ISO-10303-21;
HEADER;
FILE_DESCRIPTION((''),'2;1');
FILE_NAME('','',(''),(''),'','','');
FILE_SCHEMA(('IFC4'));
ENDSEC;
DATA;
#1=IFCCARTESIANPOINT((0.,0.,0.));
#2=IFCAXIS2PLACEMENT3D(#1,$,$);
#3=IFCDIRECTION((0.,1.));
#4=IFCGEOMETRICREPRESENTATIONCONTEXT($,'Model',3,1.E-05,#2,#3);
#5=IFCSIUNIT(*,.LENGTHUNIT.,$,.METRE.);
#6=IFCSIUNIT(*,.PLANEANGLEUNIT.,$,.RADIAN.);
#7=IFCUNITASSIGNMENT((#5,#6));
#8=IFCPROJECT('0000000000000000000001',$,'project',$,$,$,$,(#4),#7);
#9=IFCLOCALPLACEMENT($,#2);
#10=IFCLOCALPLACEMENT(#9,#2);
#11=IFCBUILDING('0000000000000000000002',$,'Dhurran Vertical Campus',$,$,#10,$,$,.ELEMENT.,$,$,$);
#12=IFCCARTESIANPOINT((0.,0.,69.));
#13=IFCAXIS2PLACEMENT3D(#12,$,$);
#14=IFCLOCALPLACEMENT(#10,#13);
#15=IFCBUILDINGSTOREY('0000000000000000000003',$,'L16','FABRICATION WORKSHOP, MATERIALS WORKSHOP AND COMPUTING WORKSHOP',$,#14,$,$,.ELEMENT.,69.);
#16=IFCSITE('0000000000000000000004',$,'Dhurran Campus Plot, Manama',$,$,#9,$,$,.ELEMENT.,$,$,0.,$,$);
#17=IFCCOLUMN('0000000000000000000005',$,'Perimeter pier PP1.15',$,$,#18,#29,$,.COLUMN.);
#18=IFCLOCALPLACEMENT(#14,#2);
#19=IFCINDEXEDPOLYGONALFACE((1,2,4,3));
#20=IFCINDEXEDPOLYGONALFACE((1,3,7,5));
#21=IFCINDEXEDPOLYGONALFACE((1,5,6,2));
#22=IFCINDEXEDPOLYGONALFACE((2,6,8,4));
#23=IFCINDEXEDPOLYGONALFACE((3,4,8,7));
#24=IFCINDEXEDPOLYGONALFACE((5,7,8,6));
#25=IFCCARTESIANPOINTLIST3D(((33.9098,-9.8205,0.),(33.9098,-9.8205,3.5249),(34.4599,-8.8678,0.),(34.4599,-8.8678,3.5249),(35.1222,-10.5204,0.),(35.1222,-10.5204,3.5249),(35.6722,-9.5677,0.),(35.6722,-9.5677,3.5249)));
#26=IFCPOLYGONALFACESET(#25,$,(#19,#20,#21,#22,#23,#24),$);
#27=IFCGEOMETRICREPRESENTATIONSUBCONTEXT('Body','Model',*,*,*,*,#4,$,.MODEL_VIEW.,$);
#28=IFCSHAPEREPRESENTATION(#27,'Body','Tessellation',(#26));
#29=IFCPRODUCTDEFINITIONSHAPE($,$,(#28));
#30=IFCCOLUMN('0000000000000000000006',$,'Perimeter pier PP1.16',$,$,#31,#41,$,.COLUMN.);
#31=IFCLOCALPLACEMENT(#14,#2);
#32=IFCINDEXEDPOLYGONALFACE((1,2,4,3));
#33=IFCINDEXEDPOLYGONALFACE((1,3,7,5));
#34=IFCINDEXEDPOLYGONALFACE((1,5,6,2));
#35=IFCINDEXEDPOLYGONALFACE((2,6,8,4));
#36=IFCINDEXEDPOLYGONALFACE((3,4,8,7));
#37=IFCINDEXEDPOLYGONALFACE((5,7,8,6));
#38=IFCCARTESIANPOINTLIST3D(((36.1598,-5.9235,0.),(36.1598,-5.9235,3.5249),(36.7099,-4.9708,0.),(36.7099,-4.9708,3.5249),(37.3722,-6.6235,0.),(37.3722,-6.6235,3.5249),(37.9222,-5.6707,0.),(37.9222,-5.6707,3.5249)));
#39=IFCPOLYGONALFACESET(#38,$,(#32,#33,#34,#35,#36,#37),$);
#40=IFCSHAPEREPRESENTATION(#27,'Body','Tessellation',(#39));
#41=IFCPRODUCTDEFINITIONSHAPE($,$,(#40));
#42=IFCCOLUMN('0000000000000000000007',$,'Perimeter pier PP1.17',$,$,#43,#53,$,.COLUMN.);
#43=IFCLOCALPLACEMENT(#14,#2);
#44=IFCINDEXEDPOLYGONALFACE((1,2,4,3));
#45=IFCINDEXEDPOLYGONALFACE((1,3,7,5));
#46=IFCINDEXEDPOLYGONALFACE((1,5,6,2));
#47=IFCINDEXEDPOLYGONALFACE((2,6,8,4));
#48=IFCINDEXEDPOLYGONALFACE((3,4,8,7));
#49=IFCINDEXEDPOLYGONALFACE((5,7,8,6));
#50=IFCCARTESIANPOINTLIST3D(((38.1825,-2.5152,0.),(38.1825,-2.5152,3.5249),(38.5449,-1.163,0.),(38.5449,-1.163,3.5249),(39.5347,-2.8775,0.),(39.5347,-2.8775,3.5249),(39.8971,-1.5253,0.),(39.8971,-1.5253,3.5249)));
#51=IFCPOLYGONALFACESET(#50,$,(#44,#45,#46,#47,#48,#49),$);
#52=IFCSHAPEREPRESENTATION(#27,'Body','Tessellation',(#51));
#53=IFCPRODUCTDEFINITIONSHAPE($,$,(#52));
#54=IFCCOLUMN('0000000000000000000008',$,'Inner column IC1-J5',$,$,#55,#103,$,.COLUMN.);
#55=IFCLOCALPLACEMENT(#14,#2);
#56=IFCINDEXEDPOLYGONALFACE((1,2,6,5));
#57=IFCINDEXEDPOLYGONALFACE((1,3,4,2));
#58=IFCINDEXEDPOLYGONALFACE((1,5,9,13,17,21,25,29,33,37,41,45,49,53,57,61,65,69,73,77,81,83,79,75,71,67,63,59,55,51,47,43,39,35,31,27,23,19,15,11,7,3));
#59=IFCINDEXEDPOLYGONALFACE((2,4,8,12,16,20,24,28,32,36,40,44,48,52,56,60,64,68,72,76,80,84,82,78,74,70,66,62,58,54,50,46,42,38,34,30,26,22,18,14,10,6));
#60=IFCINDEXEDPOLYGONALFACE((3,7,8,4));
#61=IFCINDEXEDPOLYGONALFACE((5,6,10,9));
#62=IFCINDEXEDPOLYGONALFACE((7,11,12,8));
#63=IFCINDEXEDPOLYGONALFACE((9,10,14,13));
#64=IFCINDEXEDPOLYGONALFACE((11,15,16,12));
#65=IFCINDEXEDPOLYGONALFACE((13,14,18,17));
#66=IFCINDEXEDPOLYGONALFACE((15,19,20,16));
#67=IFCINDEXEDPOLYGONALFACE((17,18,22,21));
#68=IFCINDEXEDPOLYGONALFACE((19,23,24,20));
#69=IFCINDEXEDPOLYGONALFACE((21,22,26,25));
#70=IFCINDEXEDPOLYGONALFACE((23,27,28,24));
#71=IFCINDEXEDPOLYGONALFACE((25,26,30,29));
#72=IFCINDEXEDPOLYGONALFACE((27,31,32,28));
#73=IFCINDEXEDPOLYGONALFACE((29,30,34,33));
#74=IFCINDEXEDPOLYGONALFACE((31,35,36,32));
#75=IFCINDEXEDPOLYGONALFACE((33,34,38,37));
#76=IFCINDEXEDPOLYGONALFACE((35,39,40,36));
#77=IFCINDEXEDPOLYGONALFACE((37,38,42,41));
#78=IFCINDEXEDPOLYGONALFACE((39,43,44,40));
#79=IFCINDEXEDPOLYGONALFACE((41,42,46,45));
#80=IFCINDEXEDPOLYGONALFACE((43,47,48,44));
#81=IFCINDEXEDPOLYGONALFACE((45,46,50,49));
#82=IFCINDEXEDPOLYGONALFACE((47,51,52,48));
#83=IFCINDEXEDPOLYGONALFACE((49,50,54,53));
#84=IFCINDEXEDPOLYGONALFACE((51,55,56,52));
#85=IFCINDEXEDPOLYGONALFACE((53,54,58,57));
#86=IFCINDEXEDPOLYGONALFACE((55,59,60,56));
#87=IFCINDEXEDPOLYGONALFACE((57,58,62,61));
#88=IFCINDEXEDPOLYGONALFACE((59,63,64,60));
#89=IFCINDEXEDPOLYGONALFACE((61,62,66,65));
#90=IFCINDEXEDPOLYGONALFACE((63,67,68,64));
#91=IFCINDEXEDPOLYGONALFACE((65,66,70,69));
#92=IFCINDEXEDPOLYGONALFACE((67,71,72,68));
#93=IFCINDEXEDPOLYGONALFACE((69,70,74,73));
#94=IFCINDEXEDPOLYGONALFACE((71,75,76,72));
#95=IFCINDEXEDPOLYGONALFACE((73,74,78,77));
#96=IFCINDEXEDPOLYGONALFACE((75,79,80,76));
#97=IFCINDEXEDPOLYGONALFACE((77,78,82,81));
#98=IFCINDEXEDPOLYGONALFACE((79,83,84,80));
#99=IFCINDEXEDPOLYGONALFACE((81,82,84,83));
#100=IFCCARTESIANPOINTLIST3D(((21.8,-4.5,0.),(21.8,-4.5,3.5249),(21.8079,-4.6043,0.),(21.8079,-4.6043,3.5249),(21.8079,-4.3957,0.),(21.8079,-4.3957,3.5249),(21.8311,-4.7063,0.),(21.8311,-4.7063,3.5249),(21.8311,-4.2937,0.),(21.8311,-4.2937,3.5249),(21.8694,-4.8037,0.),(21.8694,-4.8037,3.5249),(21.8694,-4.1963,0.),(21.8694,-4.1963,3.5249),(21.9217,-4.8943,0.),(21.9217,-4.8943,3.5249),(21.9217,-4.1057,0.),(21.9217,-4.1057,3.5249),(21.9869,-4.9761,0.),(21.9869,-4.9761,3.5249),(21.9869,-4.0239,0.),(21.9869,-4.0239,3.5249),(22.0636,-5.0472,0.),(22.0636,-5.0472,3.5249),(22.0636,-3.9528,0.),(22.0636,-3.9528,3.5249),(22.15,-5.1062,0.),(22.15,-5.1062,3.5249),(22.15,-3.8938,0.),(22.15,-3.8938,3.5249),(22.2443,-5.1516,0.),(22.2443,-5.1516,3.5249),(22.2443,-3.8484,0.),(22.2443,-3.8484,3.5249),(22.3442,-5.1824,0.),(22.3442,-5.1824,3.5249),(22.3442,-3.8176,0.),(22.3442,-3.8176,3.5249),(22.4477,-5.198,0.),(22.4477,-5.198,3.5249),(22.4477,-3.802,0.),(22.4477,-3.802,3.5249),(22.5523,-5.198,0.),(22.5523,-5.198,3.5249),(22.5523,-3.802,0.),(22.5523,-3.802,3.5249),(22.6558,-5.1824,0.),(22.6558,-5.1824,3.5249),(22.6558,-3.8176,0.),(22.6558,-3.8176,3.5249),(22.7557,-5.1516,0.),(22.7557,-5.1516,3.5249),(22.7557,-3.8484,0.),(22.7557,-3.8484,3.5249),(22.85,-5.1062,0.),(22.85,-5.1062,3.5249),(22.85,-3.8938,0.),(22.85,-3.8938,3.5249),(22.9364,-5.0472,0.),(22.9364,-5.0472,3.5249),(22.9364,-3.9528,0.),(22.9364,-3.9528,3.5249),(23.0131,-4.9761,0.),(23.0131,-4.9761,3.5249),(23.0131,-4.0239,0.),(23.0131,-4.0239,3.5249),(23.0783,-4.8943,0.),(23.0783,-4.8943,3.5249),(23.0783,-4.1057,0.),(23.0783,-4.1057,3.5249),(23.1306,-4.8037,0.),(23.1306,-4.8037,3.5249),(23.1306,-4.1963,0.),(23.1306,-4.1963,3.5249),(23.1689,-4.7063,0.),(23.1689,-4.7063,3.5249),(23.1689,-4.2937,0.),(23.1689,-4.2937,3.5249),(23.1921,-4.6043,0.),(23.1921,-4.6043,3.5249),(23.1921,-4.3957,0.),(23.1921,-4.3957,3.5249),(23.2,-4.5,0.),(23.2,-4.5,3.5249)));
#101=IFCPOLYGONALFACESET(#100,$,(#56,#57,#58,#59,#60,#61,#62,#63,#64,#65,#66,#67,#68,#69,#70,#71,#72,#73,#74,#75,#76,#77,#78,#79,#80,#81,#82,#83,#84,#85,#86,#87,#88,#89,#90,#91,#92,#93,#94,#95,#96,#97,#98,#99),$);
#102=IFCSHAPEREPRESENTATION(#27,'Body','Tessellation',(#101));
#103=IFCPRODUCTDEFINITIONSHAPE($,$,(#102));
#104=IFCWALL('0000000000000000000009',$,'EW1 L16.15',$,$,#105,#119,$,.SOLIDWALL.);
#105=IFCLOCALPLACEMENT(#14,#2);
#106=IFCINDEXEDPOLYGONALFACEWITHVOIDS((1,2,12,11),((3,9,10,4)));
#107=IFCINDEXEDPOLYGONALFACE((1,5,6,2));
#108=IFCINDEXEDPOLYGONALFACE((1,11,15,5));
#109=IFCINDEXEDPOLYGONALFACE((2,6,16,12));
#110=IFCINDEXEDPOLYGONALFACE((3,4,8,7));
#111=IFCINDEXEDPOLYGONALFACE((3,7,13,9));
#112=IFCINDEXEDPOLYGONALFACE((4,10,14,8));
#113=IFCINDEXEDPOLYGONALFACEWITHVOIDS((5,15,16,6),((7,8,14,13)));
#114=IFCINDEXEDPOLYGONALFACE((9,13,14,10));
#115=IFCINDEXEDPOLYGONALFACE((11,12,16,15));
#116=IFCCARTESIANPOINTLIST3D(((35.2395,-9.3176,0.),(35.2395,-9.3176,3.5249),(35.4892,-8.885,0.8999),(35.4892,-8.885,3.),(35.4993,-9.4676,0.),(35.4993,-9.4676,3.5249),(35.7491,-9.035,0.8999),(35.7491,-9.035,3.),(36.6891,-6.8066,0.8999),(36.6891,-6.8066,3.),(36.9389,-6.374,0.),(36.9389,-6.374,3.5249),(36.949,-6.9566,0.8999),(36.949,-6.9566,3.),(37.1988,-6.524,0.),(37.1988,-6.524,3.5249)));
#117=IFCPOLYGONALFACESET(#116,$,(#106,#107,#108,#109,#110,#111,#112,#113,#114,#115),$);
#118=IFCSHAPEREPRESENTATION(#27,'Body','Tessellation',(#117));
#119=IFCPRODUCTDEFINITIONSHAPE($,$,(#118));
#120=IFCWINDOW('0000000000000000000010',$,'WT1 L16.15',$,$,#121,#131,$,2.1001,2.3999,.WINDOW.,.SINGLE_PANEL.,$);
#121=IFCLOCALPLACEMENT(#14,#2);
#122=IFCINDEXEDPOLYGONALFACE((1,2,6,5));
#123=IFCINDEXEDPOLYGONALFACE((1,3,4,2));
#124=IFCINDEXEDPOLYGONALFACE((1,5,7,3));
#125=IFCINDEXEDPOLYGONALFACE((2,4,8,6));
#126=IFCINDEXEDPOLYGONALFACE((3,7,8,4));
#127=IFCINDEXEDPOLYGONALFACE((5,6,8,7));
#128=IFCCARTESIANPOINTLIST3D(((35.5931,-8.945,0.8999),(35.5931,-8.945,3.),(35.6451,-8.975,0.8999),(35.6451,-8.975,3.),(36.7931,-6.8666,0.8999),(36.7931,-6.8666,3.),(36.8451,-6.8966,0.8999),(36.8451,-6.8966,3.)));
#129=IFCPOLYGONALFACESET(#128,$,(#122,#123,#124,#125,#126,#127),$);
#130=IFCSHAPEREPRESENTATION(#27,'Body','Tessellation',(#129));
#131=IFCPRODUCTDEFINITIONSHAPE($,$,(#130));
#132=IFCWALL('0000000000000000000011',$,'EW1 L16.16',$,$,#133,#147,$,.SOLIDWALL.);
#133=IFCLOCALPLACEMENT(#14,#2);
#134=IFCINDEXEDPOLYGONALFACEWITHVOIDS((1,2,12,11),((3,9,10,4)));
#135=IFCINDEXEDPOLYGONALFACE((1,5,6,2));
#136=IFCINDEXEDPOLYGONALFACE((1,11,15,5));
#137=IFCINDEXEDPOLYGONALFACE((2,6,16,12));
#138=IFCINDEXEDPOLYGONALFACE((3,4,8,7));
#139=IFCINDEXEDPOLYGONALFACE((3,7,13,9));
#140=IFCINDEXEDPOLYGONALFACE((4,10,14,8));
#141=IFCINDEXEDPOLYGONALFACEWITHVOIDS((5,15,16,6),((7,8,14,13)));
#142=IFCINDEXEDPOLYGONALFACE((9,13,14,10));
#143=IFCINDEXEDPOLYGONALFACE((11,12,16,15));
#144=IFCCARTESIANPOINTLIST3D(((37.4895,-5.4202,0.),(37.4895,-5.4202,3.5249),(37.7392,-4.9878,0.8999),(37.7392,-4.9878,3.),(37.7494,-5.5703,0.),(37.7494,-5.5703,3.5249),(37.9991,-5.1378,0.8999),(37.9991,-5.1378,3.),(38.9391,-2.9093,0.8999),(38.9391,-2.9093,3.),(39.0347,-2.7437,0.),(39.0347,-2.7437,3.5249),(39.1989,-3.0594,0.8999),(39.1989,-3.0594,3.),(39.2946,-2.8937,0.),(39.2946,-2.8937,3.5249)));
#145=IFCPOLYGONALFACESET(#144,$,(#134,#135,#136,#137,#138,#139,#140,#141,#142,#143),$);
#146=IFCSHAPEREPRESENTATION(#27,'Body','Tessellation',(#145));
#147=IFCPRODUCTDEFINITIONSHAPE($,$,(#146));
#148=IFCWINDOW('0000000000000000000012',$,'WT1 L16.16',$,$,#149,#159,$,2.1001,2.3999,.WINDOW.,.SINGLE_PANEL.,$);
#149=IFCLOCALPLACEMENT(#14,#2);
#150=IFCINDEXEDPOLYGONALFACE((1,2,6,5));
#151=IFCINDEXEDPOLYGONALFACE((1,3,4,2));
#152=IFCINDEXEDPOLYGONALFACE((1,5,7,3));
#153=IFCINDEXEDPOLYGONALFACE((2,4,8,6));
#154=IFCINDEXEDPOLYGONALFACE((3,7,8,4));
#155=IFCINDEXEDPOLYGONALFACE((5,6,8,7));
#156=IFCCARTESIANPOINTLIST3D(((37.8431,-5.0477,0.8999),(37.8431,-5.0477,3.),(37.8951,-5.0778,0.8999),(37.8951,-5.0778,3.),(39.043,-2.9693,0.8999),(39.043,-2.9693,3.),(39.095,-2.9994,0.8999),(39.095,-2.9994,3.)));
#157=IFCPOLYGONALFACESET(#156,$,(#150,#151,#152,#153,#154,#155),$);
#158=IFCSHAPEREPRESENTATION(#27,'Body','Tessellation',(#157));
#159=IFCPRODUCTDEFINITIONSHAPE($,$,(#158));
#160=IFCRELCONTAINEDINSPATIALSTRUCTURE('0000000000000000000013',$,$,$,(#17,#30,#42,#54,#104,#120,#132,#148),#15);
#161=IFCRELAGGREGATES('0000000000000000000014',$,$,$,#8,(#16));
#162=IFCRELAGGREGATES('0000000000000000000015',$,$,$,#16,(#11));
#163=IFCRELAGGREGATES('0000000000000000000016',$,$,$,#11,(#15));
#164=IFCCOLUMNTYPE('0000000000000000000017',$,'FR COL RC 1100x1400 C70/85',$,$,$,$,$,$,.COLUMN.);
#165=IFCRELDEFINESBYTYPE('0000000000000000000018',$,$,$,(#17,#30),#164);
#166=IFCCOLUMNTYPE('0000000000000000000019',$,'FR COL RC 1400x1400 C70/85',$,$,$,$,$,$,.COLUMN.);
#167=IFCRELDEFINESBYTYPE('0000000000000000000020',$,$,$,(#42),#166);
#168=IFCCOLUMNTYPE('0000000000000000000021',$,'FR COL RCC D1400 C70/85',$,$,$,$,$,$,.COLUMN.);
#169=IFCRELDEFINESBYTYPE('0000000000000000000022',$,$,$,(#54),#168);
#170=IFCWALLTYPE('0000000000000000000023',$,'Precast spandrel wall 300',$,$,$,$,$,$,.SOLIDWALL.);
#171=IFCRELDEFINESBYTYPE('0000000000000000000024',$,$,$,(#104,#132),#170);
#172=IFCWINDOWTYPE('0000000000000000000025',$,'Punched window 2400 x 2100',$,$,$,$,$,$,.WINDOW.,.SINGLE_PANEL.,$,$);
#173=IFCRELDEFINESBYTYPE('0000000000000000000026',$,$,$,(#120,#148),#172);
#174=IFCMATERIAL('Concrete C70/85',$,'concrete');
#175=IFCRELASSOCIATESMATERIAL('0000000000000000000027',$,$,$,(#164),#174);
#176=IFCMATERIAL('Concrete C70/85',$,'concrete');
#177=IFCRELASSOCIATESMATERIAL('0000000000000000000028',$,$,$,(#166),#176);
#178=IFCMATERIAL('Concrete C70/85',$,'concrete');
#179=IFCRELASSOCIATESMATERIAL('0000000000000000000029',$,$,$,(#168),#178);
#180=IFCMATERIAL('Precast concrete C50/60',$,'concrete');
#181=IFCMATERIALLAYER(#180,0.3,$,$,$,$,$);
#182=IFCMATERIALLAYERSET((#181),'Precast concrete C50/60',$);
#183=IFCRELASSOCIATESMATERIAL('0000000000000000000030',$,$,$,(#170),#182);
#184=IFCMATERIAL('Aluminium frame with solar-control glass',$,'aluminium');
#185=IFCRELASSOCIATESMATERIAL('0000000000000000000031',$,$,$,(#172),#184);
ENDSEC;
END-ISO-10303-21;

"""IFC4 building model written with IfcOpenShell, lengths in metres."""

from ifc_helpers import new_model, si_unit, direction, frame, frame_2d, origin, origin_2d, place, context, subcontext, project, spatial, rectangle, circle, extrude, material, layer, layer_set, material_profile, profile_set, type_object, element, fill, save


model = new_model("IFC4")

# Units and contexts
model_context = context("Model", 3, precision=1e-05, world=origin(), true_north=direction((0.0, 1.0)))
body_context = subcontext(model_context, "Body", "Model", "MODEL_VIEW")
ifc_project = project(units=[si_unit("LENGTHUNIT", "METRE"), si_unit("PLANEANGLEUNIT", "RADIAN")], contexts=[model_context])

# Site, building, storey
site_placement = place(None, origin())
site = spatial("IfcSite", under=ifc_project, at=site_placement, Name="Dhurran Campus Plot, Manama", CompositionType="ELEMENT", RefElevation=0.0)
building_placement = place(site_placement, origin())
building = spatial("IfcBuilding", under=site, at=building_placement, Name="Dhurran Vertical Campus", CompositionType="ELEMENT")
storey_placement = place(building_placement, frame((0.0, 0.0, 69.0)))
storey = spatial("IfcBuildingStorey", under=building, at=storey_placement, Name="L16", Description="FABRICATION WORKSHOP, MATERIALS WORKSHOP AND COMPUTING WORKSHOP", CompositionType="ELEMENT", Elevation=69.0)

# Columns
ifc_material_1 = material(Name="Concrete C70/85", Category="concrete")
ifc_material_profile_1 = material_profile(ifc_material_1, rectangle(XDim=1.1001, YDim=1.3999, at=origin_2d()), Name="RC 1100x1400")
ifc_profile_set_1 = profile_set([ifc_material_profile_1], Name="Concrete C70/85")
column_type_1 = type_object("IfcColumnType", Name="FR COL RC 1100x1400 C70/85", PredefinedType="COLUMN", material=ifc_profile_set_1)
for number, where, z_axis, x_axis, name in (
    (1, (34.791, -9.6941, 0.0), (0.0, 0.0, 1.0), (0.5, 0.866025, 0.0), "Perimeter pier PP1.15"),
    (2, (37.041, -5.7971, 0.0), (0.0, 0.0, 1.0), (0.5, 0.866025, 0.0), "Perimeter pier PP1.16"),
):
    element("IfcColumn", number, at=place(storey_placement, frame(where, z_axis=z_axis, x_axis=x_axis)), inside=storey, type_object=column_type_1, Name=name, PredefinedType="COLUMN", context=body_context, shape_type="SweptSolid", body=[
        extrude(rectangle(XDim=1.1001, YDim=1.3999, at=origin_2d()), origin(), (0.0, 0.0, 1.0), 3.5249),
    ])
ifc_material_2 = material(Name="Concrete C70/85", Category="concrete")
ifc_material_profile_2 = material_profile(ifc_material_2, rectangle(XDim=1.3999, YDim=1.3999, at=origin_2d()), Name="RC 1400x1400")
ifc_profile_set_2 = profile_set([ifc_material_profile_2], Name="Concrete C70/85")
column_type_2 = type_object("IfcColumnType", Name="FR COL RC 1400x1400 C70/85", PredefinedType="COLUMN", material=ifc_profile_set_2)
column_1_placement = place(storey_placement, frame((39.0398, -2.0203, 0.0), z_axis=(0.0, 0.0, 1.0), x_axis=(0.258819, 0.965926, 0.0)))
element("IfcColumn", 3, at=column_1_placement, inside=storey, type_object=column_type_2, Name="Perimeter pier PP1.17", PredefinedType="COLUMN", context=body_context, shape_type="SweptSolid", body=[
    extrude(rectangle(XDim=1.3999, YDim=1.3999, at=origin_2d()), origin(), (0.0, 0.0, 1.0), 3.5249),
])
ifc_material_3 = material(Name="Concrete C70/85", Category="concrete")
ifc_material_profile_3 = material_profile(ifc_material_3, circle(Radius=0.7, at=origin_2d()), Name="RCC D1400")
ifc_profile_set_3 = profile_set([ifc_material_profile_3], Name="Concrete C70/85")
column_type_3 = type_object("IfcColumnType", Name="FR COL RCC D1400 C70/85", PredefinedType="COLUMN", material=ifc_profile_set_3)
column_2_placement = place(storey_placement, frame((22.5, -4.5, 0.0), z_axis=(0.0, 0.0, 1.0), x_axis=(1.0, 0.0, 0.0)))
element("IfcColumn", 4, at=column_2_placement, inside=storey, type_object=column_type_3, Name="Inner column IC1-J5", PredefinedType="COLUMN", context=body_context, shape_type="SweptSolid", body=[
    extrude(circle(Radius=0.7, at=origin_2d()), origin(), (0.0, 0.0, 1.0), 3.5249),
])

# Walls, openings, windows
ifc_material_4 = material(Name="Precast concrete C50/60", Category="concrete")
ifc_layer_1 = layer(ifc_material_4, 0.3)
ifc_layer_set_1 = layer_set([ifc_layer_1], Name="Precast concrete C50/60")
wall_type_1 = type_object("IfcWallType", Name="Precast spandrel wall 300", PredefinedType="SOLIDWALL", material=ifc_layer_set_1)
wall_1_placement = place(storey_placement, frame((35.3694, -9.3926, 0.0), z_axis=(0.0, 0.0, 1.0), x_axis=(0.499994, 0.866029, 0.0)))
wall_1 = element("IfcWall", 5, at=wall_1_placement, inside=storey, type_object=wall_type_1, Name="EW1 L16.15", PredefinedType="SOLIDWALL", context=body_context, shape_type="SweptSolid", body=[
    extrude(rectangle(XDim=3.3989, YDim=0.3, at=frame_2d((1.6995, 0.0))), origin(), (0.0, 0.0, 1.0), 3.5249),
])
opening_1_placement = place(wall_1_placement, frame((0.4995, 0.0, 0.8999)))
opening_1 = element("IfcOpeningElement", 6, at=opening_1_placement, cuts=wall_1, PredefinedType="OPENING", context=body_context, shape_type="SweptSolid", body=[
    extrude(rectangle(XDim=2.3999, YDim=2.1001, at=frame_2d((1.2, 1.05))), frame((0.0, 0.1599, 0.0), z_axis=(0.0, -1.0, 0.0), x_axis=(1.0, 0.0, 0.0)), (0.0, 0.0, 1.0), 0.3201),
])
ifc_material_5 = material(Name="Aluminium frame with solar-control glass", Category="aluminium")
window_type = type_object("IfcWindowType", Name="Punched window 2400 x 2100", PartitioningType="SINGLE_PANEL", PredefinedType="WINDOW", material=ifc_material_5)
window_1_placement = place(opening_1_placement, origin())
window_1 = element("IfcWindow", 7, at=window_1_placement, inside=storey, type_object=window_type, Name="WT1 L16.15", OverallHeight=2.1001, OverallWidth=2.3999, PartitioningType="SINGLE_PANEL", PredefinedType="WINDOW", context=body_context, shape_type="SweptSolid", body=[
    extrude(rectangle(XDim=2.3999, YDim=2.1001, at=frame_2d((1.2, 1.05))), frame((0.0, 0.03, 0.0), z_axis=(0.0, -1.0, 0.0), x_axis=(1.0, 0.0, 0.0)), (0.0, 0.0, 1.0), 0.0601),
])
fill(opening_1, window_1)
wall_2_placement = place(storey_placement, frame((37.6194, -5.4954, 0.0), z_axis=(0.0, 0.0, 1.0), x_axis=(0.499971, 0.866042, 0.0)))
wall_2 = element("IfcWall", 8, at=wall_2_placement, inside=storey, type_object=wall_type_1, Name="EW1 L16.16", PredefinedType="SOLIDWALL", context=body_context, shape_type="SweptSolid", body=[
    extrude(rectangle(XDim=3.0906, YDim=0.3, at=frame_2d((1.5454, 0.0))), origin(), (0.0, 0.0, 1.0), 3.5249),
])
opening_2_placement = place(wall_2_placement, frame((0.4995, 0.0, 0.8999)))
opening_2 = element("IfcOpeningElement", 9, at=opening_2_placement, cuts=wall_2, PredefinedType="OPENING", context=body_context, shape_type="SweptSolid", body=[
    extrude(rectangle(XDim=2.3999, YDim=2.1001, at=frame_2d((1.2, 1.05))), frame((0.0, 0.1599, 0.0), z_axis=(0.0, -1.0, 0.0), x_axis=(1.0, 0.0, 0.0)), (0.0, 0.0, 1.0), 0.3201),
])
window_2_placement = place(opening_2_placement, origin())
window_2 = element("IfcWindow", 10, at=window_2_placement, inside=storey, type_object=window_type, Name="WT1 L16.16", OverallHeight=2.1001, OverallWidth=2.3999, PartitioningType="SINGLE_PANEL", PredefinedType="WINDOW", context=body_context, shape_type="SweptSolid", body=[
    extrude(rectangle(XDim=2.3999, YDim=2.1001, at=frame_2d((1.2, 1.05))), frame((0.0, 0.03, 0.0), z_axis=(0.0, -1.0, 0.0), x_axis=(1.0, 0.0, 0.0)), (0.0, 0.0, 1.0), 0.0601),
])
fill(opening_2, window_2)

save(model, "model.ifc")
